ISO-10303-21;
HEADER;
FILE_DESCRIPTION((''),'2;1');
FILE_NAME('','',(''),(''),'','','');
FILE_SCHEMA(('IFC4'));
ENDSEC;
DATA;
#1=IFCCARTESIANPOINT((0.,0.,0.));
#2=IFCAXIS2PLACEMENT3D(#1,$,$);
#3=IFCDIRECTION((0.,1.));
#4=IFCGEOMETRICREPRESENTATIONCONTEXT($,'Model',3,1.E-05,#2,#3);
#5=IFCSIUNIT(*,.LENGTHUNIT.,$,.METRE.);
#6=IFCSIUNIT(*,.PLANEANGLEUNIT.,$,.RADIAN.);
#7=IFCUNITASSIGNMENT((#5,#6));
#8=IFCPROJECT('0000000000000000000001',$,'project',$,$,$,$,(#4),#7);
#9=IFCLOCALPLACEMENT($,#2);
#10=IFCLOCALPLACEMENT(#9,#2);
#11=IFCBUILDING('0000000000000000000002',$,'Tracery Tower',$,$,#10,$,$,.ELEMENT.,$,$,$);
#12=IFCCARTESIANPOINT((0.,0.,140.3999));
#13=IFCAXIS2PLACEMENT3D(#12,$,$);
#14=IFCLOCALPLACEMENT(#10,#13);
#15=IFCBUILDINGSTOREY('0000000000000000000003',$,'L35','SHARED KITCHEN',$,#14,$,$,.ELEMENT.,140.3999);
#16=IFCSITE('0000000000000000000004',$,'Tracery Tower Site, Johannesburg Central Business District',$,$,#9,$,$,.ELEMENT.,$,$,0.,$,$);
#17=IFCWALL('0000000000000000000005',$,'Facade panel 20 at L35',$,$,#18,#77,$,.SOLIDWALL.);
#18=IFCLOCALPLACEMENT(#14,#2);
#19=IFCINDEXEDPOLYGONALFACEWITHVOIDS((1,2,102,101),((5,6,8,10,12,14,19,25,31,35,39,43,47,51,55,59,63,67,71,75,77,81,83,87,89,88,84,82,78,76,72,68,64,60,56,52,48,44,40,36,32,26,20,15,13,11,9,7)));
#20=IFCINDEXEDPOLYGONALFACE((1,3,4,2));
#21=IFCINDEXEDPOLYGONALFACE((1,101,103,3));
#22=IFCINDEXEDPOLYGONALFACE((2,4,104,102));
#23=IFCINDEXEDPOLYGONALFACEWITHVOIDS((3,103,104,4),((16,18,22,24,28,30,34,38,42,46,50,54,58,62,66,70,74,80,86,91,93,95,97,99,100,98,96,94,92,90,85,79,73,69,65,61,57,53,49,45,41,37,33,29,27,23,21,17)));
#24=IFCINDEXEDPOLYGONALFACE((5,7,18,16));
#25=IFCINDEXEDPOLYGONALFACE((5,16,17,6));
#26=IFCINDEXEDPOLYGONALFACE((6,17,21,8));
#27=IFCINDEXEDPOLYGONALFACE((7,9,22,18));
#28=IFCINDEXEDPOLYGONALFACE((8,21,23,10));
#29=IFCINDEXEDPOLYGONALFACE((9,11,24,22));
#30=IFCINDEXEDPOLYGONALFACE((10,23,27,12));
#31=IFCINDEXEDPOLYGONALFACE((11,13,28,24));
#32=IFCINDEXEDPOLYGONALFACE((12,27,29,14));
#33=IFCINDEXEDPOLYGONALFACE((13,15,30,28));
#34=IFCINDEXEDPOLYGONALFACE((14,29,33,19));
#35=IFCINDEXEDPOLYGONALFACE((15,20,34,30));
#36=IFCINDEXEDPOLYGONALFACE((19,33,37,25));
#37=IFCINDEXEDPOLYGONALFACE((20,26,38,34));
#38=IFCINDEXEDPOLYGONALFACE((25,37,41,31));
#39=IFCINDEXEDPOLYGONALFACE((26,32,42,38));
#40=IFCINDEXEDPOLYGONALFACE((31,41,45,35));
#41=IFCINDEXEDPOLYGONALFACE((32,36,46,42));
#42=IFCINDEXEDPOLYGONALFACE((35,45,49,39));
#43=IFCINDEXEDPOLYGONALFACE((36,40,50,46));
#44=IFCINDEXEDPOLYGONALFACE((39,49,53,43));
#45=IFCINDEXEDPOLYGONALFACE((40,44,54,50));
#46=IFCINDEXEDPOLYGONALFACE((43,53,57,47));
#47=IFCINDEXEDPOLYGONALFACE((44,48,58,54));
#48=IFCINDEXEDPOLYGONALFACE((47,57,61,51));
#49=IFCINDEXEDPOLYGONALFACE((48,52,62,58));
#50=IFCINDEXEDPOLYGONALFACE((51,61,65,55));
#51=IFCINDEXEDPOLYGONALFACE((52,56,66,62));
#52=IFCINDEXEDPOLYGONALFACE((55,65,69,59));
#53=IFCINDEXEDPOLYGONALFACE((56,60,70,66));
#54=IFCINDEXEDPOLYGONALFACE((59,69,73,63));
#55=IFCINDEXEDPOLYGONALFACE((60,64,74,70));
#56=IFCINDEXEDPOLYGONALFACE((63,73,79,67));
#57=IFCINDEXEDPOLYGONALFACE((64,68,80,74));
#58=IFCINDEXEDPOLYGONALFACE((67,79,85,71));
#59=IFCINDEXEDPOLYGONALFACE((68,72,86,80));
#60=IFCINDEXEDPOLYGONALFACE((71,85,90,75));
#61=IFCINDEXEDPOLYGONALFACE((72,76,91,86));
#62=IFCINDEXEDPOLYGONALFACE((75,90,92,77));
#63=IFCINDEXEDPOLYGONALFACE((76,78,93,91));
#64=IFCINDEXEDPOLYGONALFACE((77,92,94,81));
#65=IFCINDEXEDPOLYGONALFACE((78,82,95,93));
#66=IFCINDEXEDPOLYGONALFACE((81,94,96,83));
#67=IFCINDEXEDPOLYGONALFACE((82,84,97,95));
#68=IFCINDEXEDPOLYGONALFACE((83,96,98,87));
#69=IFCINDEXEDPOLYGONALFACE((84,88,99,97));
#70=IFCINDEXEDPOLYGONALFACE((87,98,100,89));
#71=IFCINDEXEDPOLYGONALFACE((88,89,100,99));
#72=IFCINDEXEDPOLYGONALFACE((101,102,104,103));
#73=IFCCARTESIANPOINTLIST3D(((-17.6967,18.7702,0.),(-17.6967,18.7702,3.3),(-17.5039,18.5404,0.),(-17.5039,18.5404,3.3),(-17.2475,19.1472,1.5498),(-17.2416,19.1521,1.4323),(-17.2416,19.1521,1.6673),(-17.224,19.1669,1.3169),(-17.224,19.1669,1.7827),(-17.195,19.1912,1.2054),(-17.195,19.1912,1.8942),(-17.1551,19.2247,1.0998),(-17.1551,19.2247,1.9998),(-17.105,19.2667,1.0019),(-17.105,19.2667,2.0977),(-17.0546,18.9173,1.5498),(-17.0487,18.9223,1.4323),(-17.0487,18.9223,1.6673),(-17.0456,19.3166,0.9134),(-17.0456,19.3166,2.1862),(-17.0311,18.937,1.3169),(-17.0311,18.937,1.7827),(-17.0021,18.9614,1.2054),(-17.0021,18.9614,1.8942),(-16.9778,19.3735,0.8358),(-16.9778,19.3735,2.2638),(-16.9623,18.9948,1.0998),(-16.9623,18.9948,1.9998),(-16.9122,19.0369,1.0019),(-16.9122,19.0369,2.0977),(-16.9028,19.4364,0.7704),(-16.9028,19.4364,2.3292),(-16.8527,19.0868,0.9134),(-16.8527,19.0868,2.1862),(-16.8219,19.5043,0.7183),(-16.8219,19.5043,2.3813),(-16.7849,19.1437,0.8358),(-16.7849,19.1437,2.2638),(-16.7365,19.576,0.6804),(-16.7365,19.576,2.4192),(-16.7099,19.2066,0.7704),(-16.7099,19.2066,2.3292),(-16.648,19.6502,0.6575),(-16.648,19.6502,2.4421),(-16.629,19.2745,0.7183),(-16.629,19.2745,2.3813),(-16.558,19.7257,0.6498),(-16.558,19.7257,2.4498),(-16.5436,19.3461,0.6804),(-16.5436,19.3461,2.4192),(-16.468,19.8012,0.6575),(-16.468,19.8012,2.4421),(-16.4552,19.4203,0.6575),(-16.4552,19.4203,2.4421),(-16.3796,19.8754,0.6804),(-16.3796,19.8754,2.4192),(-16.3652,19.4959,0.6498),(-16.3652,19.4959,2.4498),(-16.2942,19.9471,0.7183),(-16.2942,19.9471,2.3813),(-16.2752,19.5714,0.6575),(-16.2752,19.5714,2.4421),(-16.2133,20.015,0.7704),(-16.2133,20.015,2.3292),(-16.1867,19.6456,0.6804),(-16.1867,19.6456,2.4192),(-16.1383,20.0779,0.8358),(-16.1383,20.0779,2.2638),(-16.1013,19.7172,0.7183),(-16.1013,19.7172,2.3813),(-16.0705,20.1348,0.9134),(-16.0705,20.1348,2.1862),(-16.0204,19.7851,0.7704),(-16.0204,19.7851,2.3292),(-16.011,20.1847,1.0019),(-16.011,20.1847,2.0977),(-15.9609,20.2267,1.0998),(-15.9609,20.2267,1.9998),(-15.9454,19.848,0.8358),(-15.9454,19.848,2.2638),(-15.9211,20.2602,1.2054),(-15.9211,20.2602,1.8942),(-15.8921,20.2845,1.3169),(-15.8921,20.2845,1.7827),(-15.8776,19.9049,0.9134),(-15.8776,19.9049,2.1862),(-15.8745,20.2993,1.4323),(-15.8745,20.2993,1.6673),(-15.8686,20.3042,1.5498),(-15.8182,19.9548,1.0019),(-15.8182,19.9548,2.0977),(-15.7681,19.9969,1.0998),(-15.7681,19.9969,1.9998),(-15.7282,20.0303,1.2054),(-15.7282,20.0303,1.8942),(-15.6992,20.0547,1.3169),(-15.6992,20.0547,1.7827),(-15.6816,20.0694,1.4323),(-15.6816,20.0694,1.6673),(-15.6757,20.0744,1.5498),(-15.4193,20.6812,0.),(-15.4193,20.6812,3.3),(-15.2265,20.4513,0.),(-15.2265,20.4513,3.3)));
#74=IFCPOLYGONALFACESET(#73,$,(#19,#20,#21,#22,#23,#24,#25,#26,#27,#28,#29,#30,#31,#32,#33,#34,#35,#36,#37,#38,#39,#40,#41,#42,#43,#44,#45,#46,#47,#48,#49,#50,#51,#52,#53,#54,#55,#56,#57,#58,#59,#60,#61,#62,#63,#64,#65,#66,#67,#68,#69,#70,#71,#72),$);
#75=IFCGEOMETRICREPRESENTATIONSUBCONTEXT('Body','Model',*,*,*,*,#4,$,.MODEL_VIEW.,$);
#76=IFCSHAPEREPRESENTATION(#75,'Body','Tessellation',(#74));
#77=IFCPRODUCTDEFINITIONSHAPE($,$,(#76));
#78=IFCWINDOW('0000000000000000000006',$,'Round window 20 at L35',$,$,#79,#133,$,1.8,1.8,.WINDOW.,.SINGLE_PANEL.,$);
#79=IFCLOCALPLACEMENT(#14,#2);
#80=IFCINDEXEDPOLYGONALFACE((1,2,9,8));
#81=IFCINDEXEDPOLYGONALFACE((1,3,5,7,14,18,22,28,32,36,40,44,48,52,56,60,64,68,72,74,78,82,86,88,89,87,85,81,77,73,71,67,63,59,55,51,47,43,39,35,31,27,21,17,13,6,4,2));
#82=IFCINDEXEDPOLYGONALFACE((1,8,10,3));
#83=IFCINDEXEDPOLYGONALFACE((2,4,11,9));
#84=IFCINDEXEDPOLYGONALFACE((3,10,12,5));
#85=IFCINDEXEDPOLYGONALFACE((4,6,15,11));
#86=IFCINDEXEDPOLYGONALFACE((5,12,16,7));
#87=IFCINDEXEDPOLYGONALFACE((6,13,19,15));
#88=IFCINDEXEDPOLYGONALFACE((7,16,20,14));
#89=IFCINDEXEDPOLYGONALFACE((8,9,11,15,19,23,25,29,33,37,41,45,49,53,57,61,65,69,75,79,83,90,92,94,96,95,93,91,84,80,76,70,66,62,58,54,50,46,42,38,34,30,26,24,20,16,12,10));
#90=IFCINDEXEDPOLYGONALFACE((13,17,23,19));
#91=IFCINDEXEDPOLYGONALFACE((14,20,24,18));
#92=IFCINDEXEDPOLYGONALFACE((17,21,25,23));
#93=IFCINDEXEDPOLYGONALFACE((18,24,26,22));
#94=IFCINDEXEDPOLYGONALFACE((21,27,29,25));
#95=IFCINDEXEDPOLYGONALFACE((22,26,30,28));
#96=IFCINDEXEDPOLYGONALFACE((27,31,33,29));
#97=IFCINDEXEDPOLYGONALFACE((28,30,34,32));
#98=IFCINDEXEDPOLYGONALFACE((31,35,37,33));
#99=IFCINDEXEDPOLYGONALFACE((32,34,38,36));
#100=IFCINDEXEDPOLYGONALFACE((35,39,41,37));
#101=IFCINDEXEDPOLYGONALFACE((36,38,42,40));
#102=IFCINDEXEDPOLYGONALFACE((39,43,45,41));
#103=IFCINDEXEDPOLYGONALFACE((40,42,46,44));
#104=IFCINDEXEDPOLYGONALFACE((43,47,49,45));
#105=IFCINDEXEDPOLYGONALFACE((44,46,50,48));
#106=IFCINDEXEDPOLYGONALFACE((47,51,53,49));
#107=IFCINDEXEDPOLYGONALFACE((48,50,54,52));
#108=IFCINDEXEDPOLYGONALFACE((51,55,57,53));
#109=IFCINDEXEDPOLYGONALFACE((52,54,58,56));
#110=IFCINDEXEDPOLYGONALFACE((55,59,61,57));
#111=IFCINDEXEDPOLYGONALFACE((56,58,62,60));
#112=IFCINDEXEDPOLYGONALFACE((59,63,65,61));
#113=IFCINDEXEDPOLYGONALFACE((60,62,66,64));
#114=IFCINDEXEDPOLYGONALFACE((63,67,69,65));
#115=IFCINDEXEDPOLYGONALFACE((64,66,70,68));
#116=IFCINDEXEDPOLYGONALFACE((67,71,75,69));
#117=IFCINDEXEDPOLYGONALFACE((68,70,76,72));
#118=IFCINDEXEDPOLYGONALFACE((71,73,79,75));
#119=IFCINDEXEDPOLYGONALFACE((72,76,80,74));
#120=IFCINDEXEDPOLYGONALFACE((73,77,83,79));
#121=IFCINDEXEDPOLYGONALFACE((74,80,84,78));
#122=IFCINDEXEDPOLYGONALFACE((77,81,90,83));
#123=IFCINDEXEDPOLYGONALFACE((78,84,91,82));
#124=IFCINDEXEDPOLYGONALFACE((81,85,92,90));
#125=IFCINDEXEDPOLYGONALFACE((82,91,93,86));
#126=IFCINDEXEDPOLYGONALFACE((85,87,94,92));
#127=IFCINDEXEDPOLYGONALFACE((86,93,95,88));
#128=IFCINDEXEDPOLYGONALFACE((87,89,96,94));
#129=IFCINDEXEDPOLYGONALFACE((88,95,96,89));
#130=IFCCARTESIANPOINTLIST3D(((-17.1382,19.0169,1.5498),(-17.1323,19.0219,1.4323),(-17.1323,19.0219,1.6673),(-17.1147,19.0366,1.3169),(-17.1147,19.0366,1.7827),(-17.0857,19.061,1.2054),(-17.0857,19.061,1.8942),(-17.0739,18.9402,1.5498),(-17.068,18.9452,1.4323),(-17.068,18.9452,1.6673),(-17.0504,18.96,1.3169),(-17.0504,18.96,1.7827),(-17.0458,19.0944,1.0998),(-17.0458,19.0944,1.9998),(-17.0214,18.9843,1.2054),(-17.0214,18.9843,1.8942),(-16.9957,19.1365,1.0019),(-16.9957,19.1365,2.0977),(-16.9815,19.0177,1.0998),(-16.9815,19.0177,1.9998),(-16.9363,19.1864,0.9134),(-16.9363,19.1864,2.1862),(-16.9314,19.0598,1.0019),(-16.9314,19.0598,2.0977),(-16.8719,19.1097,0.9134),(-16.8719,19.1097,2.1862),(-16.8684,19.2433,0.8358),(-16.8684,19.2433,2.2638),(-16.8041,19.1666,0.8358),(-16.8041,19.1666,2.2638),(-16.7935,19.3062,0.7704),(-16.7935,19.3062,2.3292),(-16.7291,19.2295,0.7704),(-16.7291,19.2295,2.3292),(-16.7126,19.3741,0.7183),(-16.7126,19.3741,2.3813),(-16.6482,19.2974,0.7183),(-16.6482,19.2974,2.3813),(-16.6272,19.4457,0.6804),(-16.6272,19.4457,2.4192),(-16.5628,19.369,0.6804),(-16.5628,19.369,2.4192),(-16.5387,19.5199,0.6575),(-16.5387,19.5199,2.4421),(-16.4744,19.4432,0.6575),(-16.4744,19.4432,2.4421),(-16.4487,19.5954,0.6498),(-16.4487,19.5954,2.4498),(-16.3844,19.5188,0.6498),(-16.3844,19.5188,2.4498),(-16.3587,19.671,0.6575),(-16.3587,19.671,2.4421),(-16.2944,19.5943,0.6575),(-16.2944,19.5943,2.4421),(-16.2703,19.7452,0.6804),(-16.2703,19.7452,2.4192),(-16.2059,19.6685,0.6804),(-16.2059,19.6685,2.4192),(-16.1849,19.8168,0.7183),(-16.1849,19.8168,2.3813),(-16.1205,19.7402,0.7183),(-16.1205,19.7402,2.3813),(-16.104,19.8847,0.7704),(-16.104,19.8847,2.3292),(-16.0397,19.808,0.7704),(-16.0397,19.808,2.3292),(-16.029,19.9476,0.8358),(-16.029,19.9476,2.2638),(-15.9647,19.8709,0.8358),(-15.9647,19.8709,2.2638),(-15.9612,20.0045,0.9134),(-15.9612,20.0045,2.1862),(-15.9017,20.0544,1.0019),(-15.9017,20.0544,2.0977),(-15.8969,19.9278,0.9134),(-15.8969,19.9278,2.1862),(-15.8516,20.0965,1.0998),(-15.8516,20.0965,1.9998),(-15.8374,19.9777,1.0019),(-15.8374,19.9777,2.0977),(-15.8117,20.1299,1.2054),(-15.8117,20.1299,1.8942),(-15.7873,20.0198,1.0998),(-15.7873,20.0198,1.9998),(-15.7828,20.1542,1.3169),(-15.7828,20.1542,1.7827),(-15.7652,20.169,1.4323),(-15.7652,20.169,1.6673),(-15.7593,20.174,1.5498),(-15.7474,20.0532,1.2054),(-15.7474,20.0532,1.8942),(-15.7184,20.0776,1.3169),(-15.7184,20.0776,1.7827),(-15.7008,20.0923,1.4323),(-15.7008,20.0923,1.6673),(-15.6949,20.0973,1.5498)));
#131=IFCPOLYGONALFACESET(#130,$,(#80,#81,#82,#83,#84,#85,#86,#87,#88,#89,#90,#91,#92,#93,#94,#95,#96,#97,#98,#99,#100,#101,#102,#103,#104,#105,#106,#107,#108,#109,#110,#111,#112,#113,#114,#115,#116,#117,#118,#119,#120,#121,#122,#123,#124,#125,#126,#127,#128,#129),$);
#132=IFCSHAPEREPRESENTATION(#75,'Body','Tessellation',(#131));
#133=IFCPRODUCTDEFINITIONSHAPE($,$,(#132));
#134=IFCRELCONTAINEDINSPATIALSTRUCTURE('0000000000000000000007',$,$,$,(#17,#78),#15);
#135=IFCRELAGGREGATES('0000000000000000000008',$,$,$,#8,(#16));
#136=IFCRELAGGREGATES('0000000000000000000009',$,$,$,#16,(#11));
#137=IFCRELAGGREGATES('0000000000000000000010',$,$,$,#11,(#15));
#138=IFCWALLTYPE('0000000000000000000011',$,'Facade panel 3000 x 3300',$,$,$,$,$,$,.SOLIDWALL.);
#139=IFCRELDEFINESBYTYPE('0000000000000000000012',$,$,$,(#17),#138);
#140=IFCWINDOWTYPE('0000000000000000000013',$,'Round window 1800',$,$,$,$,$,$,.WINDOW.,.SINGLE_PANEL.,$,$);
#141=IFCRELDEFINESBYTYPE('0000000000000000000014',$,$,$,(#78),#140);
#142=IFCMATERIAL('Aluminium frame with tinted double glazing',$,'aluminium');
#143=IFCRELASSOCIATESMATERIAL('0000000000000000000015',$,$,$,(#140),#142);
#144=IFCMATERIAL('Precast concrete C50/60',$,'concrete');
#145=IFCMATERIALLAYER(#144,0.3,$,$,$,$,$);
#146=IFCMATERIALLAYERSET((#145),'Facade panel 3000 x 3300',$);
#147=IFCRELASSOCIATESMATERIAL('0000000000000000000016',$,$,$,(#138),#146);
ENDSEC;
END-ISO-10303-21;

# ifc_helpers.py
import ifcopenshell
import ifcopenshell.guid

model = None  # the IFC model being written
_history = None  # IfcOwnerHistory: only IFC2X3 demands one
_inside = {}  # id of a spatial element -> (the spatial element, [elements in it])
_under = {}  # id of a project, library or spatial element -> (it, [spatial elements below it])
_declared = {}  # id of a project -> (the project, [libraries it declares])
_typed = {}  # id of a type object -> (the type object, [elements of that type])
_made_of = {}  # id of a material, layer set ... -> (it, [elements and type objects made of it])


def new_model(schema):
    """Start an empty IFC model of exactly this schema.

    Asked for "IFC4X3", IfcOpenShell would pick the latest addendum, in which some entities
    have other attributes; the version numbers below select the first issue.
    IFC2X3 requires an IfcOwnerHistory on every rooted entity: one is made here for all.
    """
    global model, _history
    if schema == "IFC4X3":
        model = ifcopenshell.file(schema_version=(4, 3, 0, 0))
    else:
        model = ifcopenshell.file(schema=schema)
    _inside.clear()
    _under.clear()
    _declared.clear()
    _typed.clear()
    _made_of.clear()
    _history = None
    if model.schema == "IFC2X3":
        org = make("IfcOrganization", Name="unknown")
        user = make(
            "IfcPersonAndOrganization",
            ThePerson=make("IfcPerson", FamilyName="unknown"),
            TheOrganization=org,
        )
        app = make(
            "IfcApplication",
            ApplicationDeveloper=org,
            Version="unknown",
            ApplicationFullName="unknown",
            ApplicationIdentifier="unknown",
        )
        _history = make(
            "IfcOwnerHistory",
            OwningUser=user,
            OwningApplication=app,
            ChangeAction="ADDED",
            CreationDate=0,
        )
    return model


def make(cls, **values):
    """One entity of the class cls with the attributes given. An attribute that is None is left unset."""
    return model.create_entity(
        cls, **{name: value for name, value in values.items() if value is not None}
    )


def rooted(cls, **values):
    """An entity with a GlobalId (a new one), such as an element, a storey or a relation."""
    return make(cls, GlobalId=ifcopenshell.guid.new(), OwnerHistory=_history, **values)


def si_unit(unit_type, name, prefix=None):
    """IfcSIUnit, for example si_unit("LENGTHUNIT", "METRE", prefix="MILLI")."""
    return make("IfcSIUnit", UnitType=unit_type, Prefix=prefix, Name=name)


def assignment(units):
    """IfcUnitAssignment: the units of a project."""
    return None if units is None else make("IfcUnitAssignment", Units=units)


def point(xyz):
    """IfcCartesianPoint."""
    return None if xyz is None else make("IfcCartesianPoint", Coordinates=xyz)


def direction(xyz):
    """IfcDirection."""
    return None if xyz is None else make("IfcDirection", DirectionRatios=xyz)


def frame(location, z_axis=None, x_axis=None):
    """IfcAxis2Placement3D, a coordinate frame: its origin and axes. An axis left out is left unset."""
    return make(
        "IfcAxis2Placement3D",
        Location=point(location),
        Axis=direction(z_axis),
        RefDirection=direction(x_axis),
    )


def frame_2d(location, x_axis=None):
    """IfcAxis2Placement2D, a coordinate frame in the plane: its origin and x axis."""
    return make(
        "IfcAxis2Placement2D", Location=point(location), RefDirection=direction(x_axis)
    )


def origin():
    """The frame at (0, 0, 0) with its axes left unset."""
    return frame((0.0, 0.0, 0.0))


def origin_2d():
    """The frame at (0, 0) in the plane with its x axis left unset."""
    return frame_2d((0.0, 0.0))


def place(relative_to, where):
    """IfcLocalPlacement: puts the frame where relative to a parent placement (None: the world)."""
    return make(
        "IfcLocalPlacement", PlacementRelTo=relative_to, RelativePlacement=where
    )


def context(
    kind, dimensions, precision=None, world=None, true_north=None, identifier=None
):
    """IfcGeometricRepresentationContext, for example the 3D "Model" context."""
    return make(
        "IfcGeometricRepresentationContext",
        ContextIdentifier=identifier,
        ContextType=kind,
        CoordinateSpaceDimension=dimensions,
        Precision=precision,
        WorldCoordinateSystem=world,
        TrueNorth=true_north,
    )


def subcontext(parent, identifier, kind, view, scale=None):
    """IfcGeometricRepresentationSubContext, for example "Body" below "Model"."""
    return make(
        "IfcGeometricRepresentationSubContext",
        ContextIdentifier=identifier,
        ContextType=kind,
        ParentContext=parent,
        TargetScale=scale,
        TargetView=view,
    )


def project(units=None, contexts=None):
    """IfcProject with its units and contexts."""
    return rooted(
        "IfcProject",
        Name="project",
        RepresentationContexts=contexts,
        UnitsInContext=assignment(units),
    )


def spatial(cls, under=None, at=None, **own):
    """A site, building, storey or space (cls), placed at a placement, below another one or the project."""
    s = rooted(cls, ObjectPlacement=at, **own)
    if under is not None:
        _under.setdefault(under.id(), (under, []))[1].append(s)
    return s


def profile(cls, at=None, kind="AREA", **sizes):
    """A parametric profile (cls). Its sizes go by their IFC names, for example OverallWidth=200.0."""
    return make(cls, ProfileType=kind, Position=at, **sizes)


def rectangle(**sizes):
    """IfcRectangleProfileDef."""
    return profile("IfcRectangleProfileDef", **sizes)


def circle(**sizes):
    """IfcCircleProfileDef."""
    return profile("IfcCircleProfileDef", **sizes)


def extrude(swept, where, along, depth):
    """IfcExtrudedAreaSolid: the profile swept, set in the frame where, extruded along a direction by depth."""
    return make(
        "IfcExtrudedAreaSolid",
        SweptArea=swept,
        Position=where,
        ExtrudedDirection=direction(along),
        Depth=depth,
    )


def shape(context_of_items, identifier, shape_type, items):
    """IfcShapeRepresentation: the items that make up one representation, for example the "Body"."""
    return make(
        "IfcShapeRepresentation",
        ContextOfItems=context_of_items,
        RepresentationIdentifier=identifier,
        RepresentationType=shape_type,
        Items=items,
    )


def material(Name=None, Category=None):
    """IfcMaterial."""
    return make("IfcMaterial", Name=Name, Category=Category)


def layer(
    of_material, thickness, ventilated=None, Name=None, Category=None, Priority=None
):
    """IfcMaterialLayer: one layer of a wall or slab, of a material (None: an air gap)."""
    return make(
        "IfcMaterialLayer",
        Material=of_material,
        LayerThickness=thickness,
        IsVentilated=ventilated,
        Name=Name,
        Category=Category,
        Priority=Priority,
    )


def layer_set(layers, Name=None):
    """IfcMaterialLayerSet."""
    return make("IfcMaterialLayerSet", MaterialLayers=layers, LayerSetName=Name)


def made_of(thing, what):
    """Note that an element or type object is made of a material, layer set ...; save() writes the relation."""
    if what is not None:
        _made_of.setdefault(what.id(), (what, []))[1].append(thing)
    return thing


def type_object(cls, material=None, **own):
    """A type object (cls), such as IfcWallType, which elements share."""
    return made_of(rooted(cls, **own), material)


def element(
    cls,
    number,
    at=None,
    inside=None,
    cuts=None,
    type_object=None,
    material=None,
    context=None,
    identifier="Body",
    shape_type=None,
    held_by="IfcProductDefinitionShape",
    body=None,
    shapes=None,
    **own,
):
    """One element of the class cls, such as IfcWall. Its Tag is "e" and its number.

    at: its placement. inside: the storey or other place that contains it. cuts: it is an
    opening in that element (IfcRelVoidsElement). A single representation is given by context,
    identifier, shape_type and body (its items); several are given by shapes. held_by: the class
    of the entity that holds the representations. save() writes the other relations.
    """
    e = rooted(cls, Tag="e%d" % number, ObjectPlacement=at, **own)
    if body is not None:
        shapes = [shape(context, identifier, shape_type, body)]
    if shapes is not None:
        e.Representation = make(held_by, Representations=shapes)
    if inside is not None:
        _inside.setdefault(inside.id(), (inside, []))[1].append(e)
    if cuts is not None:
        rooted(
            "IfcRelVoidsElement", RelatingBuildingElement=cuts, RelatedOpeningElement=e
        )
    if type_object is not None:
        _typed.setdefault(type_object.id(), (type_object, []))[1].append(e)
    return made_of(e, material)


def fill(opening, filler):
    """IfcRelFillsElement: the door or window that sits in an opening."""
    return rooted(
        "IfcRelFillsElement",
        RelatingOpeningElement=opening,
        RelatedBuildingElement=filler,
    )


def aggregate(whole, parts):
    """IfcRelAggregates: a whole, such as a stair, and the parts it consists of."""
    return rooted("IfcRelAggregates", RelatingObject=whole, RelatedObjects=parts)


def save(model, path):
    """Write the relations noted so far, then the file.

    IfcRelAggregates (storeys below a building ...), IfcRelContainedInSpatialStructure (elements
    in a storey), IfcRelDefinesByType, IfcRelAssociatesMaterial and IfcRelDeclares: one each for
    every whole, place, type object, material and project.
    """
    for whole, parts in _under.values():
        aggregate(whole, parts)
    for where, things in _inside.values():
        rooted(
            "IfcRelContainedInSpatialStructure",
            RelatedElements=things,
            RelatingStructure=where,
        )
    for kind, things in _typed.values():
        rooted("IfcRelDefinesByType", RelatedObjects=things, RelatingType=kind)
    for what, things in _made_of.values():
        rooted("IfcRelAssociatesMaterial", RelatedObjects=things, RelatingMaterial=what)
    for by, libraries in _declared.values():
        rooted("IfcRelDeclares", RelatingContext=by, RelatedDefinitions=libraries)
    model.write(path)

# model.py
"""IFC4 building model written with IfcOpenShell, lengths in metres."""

from ifc_helpers import new_model, si_unit, direction, frame, frame_2d, origin, origin_2d, place, context, subcontext, project, spatial, rectangle, circle, extrude, material, layer, layer_set, type_object, element, fill, save


model = new_model("IFC4")

# Units and contexts
model_context = context("Model", 3, precision=1e-05, world=origin(), true_north=direction((0.0, 1.0)))
body_context = subcontext(model_context, "Body", "Model", "MODEL_VIEW")
ifc_project = project(units=[si_unit("LENGTHUNIT", "METRE"), si_unit("PLANEANGLEUNIT", "RADIAN")], contexts=[model_context])

# Site, building, storey
site_placement = place(None, origin())
site = spatial("IfcSite", under=ifc_project, at=site_placement, Name="Tracery Tower Site, Johannesburg Central Business District", CompositionType="ELEMENT", RefElevation=0.0)
building_placement = place(site_placement, origin())
building = spatial("IfcBuilding", under=site, at=building_placement, Name="Tracery Tower", CompositionType="ELEMENT")
storey_placement = place(building_placement, frame((0.0, 0.0, 140.3999)))
storey = spatial("IfcBuildingStorey", under=building, at=storey_placement, Name="L35", Description="SHARED KITCHEN", CompositionType="ELEMENT", Elevation=140.3999)

# Wall, opening, window
ifc_material_1 = material(Name="Aluminium frame with tinted double glazing", Category="aluminium")
window_type = type_object("IfcWindowType", Name="Round window 1800", PartitioningType="SINGLE_PANEL", PredefinedType="WINDOW", material=ifc_material_1)
ifc_material_2 = material(Name="Precast concrete C50/60", Category="concrete")
ifc_layer_1 = layer(ifc_material_2, 0.3)
ifc_layer_set_1 = layer_set([ifc_layer_1], Name="Facade panel 3000 x 3300")
wall_type_1 = type_object("IfcWallType", Name="Facade panel 3000 x 3300", PredefinedType="SOLIDWALL", material=ifc_layer_set_1)
wall_1_placement = place(storey_placement, frame((-15.323, 20.5662, 0.0), z_axis=(0.0, 0.0, 1.0), x_axis=(-0.766049, -0.642782, 0.0)))
wall_1 = element("IfcWall", 1, at=wall_1_placement, inside=storey, type_object=wall_type_1, Name="Facade panel 20 at L35", PredefinedType="SOLIDWALL", context=body_context, shape_type="SweptSolid", body=[
    extrude(rectangle(XDim=2.9729, YDim=0.3, at=frame_2d((1.4863, 0.0))), origin(), (0.0, 0.0, 1.0), 3.3),
])
opening_1_placement = place(wall_1_placement, frame((1.4863, 0.0, 1.5498)))
opening_1 = element("IfcOpeningElement", 2, at=opening_1_placement, cuts=wall_1, PredefinedType="OPENING", context=body_context, shape_type="SweptSolid", body=[
    extrude(circle(Radius=0.9, at=origin_2d()), frame((0.0, 0.1599, 0.0), z_axis=(0.0, -1.0, 0.0), x_axis=(1.0, 0.0, 0.0)), (0.0, 0.0, 1.0), 0.3201),
])
window_1_placement = place(opening_1_placement, origin())
window_1 = element("IfcWindow", 3, at=window_1_placement, inside=storey, type_object=window_type, Name="Round window 20 at L35", OverallHeight=1.8, OverallWidth=1.8, PartitioningType="SINGLE_PANEL", PredefinedType="WINDOW", context=body_context, shape_type="SweptSolid", body=[
    extrude(circle(Radius=0.9, at=origin_2d()), frame((0.0, 0.1201, 0.0), z_axis=(0.0, -1.0, 0.0), x_axis=(1.0, 0.0, 0.0)), (0.0, 0.0, 1.0), 0.1001),
])
fill(opening_1, window_1)

save(model, "model.ifc")
